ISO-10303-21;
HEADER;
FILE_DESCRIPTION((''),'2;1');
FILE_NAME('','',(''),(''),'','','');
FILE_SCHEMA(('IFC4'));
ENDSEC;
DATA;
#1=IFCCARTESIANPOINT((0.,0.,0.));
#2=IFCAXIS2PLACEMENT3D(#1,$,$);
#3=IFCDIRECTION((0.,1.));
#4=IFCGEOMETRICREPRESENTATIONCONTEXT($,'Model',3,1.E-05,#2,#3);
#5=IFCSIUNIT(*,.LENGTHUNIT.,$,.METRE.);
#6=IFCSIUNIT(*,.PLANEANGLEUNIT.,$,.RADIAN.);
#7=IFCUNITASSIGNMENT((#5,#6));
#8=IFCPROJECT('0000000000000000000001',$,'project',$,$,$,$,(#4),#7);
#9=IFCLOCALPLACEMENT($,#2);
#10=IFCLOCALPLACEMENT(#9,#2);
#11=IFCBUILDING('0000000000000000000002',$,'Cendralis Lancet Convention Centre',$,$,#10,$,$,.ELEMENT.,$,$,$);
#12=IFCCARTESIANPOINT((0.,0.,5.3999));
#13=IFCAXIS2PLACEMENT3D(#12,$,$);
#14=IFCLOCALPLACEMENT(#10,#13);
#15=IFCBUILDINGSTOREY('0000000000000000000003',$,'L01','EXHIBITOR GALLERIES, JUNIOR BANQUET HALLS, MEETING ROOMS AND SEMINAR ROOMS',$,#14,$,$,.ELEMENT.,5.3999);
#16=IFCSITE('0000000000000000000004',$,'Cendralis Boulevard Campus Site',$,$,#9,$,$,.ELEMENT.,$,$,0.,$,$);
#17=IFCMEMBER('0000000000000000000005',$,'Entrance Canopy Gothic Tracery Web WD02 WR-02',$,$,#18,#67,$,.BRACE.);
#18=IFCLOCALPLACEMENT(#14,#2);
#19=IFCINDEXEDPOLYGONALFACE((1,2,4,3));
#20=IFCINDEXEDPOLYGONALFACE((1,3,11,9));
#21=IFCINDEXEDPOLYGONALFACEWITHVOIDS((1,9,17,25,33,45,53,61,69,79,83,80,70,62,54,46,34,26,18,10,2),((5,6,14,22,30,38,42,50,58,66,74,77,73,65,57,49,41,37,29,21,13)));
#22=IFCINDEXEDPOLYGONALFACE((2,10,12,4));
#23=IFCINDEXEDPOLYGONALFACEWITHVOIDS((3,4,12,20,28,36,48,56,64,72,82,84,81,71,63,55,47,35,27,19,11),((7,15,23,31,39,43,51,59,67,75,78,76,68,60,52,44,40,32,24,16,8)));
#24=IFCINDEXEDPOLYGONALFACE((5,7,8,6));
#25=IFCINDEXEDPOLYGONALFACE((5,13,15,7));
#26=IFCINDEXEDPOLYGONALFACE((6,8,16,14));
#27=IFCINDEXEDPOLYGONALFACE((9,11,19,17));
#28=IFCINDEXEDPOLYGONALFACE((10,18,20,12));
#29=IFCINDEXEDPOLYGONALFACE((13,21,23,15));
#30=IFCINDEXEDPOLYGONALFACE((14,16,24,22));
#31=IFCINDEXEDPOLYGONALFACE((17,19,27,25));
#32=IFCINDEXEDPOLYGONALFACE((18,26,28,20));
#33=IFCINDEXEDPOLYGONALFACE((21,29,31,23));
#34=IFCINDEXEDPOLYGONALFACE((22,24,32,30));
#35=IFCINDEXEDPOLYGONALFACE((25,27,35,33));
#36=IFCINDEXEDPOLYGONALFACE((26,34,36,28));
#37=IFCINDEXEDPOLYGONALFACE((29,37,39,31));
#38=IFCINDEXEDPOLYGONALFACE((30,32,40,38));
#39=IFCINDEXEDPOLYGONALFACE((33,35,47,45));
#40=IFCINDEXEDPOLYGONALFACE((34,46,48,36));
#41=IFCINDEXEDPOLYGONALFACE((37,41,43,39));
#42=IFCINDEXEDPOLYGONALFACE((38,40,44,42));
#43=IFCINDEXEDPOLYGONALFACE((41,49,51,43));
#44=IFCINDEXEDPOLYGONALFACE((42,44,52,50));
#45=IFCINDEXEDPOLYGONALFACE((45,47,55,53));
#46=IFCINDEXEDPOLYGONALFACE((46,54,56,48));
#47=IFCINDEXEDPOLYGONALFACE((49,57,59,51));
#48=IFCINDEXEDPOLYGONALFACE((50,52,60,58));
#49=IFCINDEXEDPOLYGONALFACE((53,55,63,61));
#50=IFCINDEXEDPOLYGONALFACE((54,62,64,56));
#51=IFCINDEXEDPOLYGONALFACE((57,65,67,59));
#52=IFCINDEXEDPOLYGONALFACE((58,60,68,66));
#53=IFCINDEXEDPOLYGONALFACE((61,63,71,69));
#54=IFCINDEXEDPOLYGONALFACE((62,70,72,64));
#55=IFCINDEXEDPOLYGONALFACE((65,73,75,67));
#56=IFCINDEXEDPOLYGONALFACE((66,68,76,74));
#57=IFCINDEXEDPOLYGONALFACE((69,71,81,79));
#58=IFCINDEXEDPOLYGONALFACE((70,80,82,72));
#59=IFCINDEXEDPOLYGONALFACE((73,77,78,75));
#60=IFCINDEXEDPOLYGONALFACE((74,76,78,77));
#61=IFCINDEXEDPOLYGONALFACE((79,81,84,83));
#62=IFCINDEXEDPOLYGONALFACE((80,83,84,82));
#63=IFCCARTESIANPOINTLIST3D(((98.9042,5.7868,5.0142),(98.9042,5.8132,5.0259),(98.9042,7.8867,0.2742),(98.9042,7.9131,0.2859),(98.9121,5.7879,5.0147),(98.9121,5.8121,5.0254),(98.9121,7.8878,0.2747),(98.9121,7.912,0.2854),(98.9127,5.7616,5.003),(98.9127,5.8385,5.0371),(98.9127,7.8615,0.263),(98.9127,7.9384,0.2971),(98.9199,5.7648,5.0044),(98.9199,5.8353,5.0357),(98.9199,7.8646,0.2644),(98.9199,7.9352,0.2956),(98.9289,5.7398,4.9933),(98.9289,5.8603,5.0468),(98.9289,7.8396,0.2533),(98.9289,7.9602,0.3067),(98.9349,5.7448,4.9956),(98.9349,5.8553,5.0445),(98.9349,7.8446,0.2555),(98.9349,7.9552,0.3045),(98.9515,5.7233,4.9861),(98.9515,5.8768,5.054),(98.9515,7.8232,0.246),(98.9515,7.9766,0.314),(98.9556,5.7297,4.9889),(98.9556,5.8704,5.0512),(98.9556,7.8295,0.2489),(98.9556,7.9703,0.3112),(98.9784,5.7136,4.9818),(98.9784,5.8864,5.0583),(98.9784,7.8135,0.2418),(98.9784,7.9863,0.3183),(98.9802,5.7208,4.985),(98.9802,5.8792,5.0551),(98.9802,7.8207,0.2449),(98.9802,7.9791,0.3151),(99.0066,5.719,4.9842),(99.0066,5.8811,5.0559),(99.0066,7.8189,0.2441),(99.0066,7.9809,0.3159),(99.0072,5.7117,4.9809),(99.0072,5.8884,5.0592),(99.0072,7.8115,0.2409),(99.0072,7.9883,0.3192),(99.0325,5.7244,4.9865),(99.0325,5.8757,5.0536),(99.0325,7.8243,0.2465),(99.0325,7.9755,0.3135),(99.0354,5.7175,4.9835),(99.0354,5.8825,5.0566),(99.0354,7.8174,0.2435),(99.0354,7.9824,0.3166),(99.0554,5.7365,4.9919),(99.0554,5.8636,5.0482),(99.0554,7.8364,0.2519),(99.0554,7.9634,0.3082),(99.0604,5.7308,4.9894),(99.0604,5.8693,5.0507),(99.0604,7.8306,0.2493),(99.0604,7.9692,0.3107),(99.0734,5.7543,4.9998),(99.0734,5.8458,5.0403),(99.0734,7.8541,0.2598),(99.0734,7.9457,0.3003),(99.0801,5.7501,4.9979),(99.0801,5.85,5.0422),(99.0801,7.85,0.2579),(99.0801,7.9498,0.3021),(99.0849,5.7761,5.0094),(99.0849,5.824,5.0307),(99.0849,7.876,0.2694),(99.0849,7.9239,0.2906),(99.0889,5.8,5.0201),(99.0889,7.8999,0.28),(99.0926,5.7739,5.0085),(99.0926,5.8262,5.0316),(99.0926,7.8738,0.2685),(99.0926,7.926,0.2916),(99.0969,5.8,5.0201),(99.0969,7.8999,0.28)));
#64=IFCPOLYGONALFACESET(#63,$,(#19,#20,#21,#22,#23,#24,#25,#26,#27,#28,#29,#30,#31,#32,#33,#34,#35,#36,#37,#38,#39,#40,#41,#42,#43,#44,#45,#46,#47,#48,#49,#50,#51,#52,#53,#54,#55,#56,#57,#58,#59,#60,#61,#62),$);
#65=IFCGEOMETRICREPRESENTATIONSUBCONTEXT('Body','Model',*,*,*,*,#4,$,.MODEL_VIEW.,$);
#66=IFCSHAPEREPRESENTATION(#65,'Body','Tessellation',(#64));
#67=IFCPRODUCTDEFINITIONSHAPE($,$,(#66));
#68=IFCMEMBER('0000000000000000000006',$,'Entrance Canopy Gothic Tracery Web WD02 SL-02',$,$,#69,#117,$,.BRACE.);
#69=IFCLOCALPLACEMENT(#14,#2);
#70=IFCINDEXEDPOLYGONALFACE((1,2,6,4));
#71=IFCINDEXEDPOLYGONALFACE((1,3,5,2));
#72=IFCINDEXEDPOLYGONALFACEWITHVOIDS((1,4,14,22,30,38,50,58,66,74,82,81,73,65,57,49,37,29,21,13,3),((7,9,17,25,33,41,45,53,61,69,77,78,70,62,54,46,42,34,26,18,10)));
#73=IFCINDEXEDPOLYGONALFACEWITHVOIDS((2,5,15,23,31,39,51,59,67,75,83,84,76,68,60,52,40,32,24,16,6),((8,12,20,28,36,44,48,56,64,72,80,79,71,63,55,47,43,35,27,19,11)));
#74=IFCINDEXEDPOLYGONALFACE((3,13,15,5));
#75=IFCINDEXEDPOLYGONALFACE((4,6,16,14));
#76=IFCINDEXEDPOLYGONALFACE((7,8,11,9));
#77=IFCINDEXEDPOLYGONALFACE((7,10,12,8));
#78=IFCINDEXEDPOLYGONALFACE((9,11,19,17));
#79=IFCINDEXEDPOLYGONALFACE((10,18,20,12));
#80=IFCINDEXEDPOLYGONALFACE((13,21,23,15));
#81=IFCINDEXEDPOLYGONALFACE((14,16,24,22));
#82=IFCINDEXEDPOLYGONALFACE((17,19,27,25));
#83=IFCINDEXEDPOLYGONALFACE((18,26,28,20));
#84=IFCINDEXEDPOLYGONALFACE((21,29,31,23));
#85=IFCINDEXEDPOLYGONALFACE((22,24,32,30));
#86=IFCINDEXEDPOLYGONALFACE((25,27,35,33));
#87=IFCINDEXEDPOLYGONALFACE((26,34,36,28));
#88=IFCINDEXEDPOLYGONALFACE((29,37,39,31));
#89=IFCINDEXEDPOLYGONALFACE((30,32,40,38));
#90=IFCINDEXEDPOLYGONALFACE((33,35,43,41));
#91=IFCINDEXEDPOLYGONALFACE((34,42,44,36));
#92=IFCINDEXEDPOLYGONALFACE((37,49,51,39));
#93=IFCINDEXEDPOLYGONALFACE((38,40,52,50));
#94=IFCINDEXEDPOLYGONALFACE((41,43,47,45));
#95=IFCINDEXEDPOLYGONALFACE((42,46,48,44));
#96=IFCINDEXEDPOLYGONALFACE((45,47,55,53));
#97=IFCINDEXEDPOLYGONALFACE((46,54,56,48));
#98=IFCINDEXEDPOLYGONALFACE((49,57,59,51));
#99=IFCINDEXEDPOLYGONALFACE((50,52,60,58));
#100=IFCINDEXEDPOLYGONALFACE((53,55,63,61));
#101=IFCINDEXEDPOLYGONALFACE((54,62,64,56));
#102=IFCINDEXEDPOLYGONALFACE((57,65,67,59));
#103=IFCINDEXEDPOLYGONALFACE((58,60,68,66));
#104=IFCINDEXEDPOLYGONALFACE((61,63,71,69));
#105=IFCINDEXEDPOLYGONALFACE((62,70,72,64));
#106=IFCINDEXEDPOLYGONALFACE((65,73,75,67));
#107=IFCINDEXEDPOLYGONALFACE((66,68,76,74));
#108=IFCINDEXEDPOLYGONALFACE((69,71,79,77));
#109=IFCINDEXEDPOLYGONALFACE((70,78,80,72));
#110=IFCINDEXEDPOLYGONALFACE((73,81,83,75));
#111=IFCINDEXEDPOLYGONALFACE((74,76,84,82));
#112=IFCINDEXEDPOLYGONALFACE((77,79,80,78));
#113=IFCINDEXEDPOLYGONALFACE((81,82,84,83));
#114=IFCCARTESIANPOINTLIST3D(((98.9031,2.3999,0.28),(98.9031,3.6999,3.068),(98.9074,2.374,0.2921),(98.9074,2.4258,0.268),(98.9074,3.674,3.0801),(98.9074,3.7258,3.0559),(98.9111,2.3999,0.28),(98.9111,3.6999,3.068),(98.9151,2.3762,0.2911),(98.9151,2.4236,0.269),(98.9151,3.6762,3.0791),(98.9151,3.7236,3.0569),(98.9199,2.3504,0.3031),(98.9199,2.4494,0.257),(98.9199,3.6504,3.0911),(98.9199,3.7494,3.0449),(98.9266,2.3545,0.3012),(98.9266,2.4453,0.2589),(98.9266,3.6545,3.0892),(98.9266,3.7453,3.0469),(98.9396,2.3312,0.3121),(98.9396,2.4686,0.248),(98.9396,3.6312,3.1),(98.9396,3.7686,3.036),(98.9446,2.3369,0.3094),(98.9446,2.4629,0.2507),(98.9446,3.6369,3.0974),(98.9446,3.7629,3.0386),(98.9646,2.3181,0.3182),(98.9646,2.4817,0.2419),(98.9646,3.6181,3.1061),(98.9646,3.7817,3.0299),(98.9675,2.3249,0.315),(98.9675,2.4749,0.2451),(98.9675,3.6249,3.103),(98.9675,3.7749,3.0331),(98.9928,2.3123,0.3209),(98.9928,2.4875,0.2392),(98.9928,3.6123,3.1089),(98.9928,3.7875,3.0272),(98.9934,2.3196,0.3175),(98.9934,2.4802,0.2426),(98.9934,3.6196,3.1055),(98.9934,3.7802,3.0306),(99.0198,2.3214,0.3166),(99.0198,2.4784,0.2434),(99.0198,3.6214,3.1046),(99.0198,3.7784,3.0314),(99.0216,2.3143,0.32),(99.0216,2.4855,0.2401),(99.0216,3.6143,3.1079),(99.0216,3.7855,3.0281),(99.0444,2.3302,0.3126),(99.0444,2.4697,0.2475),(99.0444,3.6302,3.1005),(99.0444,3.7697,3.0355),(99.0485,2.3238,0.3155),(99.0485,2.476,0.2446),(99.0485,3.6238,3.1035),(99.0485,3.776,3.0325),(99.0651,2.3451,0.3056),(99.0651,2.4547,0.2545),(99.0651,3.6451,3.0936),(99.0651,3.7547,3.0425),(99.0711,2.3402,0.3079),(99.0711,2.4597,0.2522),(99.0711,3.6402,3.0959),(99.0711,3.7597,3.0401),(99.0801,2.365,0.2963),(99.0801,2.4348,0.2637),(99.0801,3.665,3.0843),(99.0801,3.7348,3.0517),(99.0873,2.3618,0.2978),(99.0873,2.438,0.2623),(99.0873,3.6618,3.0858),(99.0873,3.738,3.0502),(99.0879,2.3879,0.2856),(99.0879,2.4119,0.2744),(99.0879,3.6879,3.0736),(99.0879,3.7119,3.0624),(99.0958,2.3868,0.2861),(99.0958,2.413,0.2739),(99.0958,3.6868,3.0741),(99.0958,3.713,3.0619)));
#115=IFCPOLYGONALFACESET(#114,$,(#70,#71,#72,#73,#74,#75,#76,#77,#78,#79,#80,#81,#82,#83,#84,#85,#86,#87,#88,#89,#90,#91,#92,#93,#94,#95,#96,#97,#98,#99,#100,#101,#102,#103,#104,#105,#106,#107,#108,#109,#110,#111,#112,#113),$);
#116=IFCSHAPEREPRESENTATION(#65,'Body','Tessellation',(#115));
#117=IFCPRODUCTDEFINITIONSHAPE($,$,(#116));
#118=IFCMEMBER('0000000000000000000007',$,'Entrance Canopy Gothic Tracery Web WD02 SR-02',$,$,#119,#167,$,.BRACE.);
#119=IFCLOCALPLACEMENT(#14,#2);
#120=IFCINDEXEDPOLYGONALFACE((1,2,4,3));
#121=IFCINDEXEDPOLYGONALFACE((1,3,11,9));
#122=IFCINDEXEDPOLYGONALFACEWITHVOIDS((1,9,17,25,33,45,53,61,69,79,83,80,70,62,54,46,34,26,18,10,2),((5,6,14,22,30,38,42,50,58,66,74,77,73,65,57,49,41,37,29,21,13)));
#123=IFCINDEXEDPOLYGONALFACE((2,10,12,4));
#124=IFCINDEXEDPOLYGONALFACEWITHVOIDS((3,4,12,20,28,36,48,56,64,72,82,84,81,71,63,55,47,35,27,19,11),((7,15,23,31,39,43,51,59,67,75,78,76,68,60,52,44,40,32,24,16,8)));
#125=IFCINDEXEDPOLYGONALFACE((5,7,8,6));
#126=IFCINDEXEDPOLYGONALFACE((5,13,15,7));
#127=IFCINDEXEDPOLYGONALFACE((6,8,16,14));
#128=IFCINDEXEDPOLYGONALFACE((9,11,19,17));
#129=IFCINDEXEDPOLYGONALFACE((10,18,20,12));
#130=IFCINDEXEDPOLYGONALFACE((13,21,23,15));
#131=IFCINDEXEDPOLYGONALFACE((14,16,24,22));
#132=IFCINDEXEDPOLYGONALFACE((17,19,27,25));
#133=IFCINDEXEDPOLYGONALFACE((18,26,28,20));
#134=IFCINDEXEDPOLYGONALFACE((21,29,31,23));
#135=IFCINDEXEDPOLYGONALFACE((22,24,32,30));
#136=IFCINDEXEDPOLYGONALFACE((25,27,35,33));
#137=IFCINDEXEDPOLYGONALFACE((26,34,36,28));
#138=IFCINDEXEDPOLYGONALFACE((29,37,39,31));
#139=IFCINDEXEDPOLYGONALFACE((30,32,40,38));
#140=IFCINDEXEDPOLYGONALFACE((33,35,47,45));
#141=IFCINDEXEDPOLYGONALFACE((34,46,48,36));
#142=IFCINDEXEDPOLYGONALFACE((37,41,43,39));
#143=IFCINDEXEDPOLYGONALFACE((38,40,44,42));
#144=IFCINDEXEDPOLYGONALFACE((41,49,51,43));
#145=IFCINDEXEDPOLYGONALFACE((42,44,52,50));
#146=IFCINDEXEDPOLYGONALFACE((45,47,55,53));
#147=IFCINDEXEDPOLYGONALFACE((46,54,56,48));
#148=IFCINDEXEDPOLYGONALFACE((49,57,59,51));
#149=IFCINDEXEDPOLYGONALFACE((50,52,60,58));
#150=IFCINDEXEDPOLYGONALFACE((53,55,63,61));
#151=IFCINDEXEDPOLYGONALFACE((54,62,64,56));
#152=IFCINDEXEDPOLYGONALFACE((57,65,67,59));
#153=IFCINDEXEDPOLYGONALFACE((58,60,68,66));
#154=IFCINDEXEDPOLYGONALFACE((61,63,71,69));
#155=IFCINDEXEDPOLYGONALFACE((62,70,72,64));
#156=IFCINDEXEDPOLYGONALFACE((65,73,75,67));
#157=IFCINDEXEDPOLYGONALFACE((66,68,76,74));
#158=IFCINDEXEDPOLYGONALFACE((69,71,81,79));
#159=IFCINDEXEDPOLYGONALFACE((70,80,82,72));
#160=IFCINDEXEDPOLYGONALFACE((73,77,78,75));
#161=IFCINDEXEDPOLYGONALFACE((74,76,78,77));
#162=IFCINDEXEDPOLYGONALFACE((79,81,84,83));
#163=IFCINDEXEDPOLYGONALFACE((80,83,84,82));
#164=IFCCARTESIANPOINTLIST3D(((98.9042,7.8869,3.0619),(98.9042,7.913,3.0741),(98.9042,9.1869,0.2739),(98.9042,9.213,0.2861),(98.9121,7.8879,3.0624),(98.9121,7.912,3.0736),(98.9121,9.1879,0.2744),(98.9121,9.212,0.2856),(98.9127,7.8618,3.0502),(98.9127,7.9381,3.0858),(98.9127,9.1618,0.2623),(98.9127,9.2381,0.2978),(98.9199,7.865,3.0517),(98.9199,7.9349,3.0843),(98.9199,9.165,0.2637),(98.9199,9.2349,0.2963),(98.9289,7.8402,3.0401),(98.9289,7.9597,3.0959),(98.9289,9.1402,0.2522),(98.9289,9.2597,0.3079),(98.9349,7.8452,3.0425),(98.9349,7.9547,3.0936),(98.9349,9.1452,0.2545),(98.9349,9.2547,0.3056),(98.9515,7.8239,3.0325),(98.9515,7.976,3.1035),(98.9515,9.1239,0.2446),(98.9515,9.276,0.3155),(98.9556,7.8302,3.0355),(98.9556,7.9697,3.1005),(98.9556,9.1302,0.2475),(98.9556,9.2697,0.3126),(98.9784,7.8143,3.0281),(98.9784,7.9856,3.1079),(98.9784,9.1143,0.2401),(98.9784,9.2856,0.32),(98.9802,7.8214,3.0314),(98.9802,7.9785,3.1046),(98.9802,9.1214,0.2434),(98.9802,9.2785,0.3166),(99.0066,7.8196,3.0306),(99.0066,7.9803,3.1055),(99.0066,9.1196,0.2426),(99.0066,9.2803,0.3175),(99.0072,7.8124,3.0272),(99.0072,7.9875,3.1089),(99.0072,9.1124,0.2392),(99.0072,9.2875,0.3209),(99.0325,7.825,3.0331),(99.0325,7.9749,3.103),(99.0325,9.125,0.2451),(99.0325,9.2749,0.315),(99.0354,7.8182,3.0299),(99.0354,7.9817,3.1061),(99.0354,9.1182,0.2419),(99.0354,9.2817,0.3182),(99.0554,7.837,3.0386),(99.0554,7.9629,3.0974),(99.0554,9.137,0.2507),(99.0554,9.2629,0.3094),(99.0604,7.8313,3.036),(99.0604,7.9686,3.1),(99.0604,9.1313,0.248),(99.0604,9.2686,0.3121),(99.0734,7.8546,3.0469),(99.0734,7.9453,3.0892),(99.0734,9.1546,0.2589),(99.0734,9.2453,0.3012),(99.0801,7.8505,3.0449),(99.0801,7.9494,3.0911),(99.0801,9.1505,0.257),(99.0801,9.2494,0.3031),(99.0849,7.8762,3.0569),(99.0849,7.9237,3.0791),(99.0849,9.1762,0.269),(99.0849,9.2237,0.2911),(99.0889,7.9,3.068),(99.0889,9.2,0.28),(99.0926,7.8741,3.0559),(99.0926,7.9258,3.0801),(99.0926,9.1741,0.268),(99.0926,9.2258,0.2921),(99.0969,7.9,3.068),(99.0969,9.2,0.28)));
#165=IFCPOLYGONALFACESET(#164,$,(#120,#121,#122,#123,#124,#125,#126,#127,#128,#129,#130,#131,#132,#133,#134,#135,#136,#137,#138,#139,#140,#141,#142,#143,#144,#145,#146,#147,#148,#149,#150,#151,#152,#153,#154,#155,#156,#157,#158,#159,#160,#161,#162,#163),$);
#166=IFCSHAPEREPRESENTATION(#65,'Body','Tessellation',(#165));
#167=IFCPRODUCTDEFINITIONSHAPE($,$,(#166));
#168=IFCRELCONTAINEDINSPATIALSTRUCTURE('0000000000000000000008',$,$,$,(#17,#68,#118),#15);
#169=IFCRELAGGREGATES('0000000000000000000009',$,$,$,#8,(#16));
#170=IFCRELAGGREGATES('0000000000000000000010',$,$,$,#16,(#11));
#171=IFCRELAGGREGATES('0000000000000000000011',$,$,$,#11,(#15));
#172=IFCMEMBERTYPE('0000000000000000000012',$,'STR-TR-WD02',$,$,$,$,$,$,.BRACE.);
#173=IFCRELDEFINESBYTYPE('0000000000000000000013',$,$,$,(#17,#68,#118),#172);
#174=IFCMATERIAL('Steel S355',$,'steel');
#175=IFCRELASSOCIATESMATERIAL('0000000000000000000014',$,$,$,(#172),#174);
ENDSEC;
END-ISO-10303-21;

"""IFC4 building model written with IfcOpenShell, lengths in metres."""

from ifc_helpers import new_model, si_unit, direction, frame, origin, origin_2d, place, context, subcontext, project, spatial, hollow_circle, extrude, material, material_profile, profile_set, type_object, element, save


model = new_model("IFC4")

# Units and contexts
model_context = context("Model", 3, precision=1e-05, world=origin(), true_north=direction((0.0, 1.0)))
body_context = subcontext(model_context, "Body", "Model", "MODEL_VIEW")
ifc_project = project(units=[si_unit("LENGTHUNIT", "METRE"), si_unit("PLANEANGLEUNIT", "RADIAN")], contexts=[model_context])

# Site, building, storey
site_placement = place(None, origin())
site = spatial("IfcSite", under=ifc_project, at=site_placement, Name="Cendralis Boulevard Campus Site", CompositionType="ELEMENT", RefElevation=0.0)
building_placement = place(site_placement, origin())
building = spatial("IfcBuilding", under=site, at=building_placement, Name="Cendralis Lancet Convention Centre", CompositionType="ELEMENT")
storey_placement = place(building_placement, frame((0.0, 0.0, 5.3999)))
storey = spatial("IfcBuildingStorey", under=building, at=storey_placement, Name="L01", Description="EXHIBITOR GALLERIES, JUNIOR BANQUET HALLS, MEETING ROOMS AND SEMINAR ROOMS", CompositionType="ELEMENT", Elevation=5.3999)

# Members
ifc_material = material(Name="Steel S355", Category="steel")
ifc_material_profile_1 = material_profile(ifc_material, hollow_circle(Radius=0.0969, WallThickness=0.0081, at=origin_2d()), Name="CHS 193.7x8.0")
ifc_profile_set_1 = profile_set([ifc_material_profile_1], Name="Steel S355")
member_type_1 = type_object("IfcMemberType", Name="STR-TR-WD02", PredefinedType="BRACE", material=ifc_profile_set_1)
for number, where, z_axis, x_axis, name in (
    (1, (99.0, 7.8999, 0.28), (0.0, -0.405041, 0.914298), (1.0, 0.0, 0.0), "Entrance Canopy Gothic Tracery Web WD02 WR-02"),
):
    element("IfcMember", number, at=place(storey_placement, frame(where, z_axis=z_axis, x_axis=x_axis)), inside=storey, type_object=member_type_1, Name=name, PredefinedType="BRACE", context=body_context, shape_type="SweptSolid", body=[
        extrude(hollow_circle(Radius=0.0969, WallThickness=0.0081, at=origin_2d()), origin(), (0.0, 0.0, 1.0), 5.1843),
    ])
for number, where, z_axis, x_axis, name in (
    (2, (99.0, 2.3999, 0.28), (0.0, 0.422603, 0.906315), (-1.0, 0.0, 0.0), "Entrance Canopy Gothic Tracery Web WD02 SL-02"),
    (3, (99.0, 9.2, 0.28), (0.0, -0.422603, 0.906315), (1.0, 0.0, 0.0), "Entrance Canopy Gothic Tracery Web WD02 SR-02"),
):
    element("IfcMember", number, at=place(storey_placement, frame(where, z_axis=z_axis, x_axis=x_axis)), inside=storey, type_object=member_type_1, Name=name, PredefinedType="BRACE", context=body_context, shape_type="SweptSolid", body=[
        extrude(hollow_circle(Radius=0.0969, WallThickness=0.0081, at=origin_2d()), origin(), (0.0, 0.0, 1.0), 3.0762),
    ])

save(model, "model.ifc")
